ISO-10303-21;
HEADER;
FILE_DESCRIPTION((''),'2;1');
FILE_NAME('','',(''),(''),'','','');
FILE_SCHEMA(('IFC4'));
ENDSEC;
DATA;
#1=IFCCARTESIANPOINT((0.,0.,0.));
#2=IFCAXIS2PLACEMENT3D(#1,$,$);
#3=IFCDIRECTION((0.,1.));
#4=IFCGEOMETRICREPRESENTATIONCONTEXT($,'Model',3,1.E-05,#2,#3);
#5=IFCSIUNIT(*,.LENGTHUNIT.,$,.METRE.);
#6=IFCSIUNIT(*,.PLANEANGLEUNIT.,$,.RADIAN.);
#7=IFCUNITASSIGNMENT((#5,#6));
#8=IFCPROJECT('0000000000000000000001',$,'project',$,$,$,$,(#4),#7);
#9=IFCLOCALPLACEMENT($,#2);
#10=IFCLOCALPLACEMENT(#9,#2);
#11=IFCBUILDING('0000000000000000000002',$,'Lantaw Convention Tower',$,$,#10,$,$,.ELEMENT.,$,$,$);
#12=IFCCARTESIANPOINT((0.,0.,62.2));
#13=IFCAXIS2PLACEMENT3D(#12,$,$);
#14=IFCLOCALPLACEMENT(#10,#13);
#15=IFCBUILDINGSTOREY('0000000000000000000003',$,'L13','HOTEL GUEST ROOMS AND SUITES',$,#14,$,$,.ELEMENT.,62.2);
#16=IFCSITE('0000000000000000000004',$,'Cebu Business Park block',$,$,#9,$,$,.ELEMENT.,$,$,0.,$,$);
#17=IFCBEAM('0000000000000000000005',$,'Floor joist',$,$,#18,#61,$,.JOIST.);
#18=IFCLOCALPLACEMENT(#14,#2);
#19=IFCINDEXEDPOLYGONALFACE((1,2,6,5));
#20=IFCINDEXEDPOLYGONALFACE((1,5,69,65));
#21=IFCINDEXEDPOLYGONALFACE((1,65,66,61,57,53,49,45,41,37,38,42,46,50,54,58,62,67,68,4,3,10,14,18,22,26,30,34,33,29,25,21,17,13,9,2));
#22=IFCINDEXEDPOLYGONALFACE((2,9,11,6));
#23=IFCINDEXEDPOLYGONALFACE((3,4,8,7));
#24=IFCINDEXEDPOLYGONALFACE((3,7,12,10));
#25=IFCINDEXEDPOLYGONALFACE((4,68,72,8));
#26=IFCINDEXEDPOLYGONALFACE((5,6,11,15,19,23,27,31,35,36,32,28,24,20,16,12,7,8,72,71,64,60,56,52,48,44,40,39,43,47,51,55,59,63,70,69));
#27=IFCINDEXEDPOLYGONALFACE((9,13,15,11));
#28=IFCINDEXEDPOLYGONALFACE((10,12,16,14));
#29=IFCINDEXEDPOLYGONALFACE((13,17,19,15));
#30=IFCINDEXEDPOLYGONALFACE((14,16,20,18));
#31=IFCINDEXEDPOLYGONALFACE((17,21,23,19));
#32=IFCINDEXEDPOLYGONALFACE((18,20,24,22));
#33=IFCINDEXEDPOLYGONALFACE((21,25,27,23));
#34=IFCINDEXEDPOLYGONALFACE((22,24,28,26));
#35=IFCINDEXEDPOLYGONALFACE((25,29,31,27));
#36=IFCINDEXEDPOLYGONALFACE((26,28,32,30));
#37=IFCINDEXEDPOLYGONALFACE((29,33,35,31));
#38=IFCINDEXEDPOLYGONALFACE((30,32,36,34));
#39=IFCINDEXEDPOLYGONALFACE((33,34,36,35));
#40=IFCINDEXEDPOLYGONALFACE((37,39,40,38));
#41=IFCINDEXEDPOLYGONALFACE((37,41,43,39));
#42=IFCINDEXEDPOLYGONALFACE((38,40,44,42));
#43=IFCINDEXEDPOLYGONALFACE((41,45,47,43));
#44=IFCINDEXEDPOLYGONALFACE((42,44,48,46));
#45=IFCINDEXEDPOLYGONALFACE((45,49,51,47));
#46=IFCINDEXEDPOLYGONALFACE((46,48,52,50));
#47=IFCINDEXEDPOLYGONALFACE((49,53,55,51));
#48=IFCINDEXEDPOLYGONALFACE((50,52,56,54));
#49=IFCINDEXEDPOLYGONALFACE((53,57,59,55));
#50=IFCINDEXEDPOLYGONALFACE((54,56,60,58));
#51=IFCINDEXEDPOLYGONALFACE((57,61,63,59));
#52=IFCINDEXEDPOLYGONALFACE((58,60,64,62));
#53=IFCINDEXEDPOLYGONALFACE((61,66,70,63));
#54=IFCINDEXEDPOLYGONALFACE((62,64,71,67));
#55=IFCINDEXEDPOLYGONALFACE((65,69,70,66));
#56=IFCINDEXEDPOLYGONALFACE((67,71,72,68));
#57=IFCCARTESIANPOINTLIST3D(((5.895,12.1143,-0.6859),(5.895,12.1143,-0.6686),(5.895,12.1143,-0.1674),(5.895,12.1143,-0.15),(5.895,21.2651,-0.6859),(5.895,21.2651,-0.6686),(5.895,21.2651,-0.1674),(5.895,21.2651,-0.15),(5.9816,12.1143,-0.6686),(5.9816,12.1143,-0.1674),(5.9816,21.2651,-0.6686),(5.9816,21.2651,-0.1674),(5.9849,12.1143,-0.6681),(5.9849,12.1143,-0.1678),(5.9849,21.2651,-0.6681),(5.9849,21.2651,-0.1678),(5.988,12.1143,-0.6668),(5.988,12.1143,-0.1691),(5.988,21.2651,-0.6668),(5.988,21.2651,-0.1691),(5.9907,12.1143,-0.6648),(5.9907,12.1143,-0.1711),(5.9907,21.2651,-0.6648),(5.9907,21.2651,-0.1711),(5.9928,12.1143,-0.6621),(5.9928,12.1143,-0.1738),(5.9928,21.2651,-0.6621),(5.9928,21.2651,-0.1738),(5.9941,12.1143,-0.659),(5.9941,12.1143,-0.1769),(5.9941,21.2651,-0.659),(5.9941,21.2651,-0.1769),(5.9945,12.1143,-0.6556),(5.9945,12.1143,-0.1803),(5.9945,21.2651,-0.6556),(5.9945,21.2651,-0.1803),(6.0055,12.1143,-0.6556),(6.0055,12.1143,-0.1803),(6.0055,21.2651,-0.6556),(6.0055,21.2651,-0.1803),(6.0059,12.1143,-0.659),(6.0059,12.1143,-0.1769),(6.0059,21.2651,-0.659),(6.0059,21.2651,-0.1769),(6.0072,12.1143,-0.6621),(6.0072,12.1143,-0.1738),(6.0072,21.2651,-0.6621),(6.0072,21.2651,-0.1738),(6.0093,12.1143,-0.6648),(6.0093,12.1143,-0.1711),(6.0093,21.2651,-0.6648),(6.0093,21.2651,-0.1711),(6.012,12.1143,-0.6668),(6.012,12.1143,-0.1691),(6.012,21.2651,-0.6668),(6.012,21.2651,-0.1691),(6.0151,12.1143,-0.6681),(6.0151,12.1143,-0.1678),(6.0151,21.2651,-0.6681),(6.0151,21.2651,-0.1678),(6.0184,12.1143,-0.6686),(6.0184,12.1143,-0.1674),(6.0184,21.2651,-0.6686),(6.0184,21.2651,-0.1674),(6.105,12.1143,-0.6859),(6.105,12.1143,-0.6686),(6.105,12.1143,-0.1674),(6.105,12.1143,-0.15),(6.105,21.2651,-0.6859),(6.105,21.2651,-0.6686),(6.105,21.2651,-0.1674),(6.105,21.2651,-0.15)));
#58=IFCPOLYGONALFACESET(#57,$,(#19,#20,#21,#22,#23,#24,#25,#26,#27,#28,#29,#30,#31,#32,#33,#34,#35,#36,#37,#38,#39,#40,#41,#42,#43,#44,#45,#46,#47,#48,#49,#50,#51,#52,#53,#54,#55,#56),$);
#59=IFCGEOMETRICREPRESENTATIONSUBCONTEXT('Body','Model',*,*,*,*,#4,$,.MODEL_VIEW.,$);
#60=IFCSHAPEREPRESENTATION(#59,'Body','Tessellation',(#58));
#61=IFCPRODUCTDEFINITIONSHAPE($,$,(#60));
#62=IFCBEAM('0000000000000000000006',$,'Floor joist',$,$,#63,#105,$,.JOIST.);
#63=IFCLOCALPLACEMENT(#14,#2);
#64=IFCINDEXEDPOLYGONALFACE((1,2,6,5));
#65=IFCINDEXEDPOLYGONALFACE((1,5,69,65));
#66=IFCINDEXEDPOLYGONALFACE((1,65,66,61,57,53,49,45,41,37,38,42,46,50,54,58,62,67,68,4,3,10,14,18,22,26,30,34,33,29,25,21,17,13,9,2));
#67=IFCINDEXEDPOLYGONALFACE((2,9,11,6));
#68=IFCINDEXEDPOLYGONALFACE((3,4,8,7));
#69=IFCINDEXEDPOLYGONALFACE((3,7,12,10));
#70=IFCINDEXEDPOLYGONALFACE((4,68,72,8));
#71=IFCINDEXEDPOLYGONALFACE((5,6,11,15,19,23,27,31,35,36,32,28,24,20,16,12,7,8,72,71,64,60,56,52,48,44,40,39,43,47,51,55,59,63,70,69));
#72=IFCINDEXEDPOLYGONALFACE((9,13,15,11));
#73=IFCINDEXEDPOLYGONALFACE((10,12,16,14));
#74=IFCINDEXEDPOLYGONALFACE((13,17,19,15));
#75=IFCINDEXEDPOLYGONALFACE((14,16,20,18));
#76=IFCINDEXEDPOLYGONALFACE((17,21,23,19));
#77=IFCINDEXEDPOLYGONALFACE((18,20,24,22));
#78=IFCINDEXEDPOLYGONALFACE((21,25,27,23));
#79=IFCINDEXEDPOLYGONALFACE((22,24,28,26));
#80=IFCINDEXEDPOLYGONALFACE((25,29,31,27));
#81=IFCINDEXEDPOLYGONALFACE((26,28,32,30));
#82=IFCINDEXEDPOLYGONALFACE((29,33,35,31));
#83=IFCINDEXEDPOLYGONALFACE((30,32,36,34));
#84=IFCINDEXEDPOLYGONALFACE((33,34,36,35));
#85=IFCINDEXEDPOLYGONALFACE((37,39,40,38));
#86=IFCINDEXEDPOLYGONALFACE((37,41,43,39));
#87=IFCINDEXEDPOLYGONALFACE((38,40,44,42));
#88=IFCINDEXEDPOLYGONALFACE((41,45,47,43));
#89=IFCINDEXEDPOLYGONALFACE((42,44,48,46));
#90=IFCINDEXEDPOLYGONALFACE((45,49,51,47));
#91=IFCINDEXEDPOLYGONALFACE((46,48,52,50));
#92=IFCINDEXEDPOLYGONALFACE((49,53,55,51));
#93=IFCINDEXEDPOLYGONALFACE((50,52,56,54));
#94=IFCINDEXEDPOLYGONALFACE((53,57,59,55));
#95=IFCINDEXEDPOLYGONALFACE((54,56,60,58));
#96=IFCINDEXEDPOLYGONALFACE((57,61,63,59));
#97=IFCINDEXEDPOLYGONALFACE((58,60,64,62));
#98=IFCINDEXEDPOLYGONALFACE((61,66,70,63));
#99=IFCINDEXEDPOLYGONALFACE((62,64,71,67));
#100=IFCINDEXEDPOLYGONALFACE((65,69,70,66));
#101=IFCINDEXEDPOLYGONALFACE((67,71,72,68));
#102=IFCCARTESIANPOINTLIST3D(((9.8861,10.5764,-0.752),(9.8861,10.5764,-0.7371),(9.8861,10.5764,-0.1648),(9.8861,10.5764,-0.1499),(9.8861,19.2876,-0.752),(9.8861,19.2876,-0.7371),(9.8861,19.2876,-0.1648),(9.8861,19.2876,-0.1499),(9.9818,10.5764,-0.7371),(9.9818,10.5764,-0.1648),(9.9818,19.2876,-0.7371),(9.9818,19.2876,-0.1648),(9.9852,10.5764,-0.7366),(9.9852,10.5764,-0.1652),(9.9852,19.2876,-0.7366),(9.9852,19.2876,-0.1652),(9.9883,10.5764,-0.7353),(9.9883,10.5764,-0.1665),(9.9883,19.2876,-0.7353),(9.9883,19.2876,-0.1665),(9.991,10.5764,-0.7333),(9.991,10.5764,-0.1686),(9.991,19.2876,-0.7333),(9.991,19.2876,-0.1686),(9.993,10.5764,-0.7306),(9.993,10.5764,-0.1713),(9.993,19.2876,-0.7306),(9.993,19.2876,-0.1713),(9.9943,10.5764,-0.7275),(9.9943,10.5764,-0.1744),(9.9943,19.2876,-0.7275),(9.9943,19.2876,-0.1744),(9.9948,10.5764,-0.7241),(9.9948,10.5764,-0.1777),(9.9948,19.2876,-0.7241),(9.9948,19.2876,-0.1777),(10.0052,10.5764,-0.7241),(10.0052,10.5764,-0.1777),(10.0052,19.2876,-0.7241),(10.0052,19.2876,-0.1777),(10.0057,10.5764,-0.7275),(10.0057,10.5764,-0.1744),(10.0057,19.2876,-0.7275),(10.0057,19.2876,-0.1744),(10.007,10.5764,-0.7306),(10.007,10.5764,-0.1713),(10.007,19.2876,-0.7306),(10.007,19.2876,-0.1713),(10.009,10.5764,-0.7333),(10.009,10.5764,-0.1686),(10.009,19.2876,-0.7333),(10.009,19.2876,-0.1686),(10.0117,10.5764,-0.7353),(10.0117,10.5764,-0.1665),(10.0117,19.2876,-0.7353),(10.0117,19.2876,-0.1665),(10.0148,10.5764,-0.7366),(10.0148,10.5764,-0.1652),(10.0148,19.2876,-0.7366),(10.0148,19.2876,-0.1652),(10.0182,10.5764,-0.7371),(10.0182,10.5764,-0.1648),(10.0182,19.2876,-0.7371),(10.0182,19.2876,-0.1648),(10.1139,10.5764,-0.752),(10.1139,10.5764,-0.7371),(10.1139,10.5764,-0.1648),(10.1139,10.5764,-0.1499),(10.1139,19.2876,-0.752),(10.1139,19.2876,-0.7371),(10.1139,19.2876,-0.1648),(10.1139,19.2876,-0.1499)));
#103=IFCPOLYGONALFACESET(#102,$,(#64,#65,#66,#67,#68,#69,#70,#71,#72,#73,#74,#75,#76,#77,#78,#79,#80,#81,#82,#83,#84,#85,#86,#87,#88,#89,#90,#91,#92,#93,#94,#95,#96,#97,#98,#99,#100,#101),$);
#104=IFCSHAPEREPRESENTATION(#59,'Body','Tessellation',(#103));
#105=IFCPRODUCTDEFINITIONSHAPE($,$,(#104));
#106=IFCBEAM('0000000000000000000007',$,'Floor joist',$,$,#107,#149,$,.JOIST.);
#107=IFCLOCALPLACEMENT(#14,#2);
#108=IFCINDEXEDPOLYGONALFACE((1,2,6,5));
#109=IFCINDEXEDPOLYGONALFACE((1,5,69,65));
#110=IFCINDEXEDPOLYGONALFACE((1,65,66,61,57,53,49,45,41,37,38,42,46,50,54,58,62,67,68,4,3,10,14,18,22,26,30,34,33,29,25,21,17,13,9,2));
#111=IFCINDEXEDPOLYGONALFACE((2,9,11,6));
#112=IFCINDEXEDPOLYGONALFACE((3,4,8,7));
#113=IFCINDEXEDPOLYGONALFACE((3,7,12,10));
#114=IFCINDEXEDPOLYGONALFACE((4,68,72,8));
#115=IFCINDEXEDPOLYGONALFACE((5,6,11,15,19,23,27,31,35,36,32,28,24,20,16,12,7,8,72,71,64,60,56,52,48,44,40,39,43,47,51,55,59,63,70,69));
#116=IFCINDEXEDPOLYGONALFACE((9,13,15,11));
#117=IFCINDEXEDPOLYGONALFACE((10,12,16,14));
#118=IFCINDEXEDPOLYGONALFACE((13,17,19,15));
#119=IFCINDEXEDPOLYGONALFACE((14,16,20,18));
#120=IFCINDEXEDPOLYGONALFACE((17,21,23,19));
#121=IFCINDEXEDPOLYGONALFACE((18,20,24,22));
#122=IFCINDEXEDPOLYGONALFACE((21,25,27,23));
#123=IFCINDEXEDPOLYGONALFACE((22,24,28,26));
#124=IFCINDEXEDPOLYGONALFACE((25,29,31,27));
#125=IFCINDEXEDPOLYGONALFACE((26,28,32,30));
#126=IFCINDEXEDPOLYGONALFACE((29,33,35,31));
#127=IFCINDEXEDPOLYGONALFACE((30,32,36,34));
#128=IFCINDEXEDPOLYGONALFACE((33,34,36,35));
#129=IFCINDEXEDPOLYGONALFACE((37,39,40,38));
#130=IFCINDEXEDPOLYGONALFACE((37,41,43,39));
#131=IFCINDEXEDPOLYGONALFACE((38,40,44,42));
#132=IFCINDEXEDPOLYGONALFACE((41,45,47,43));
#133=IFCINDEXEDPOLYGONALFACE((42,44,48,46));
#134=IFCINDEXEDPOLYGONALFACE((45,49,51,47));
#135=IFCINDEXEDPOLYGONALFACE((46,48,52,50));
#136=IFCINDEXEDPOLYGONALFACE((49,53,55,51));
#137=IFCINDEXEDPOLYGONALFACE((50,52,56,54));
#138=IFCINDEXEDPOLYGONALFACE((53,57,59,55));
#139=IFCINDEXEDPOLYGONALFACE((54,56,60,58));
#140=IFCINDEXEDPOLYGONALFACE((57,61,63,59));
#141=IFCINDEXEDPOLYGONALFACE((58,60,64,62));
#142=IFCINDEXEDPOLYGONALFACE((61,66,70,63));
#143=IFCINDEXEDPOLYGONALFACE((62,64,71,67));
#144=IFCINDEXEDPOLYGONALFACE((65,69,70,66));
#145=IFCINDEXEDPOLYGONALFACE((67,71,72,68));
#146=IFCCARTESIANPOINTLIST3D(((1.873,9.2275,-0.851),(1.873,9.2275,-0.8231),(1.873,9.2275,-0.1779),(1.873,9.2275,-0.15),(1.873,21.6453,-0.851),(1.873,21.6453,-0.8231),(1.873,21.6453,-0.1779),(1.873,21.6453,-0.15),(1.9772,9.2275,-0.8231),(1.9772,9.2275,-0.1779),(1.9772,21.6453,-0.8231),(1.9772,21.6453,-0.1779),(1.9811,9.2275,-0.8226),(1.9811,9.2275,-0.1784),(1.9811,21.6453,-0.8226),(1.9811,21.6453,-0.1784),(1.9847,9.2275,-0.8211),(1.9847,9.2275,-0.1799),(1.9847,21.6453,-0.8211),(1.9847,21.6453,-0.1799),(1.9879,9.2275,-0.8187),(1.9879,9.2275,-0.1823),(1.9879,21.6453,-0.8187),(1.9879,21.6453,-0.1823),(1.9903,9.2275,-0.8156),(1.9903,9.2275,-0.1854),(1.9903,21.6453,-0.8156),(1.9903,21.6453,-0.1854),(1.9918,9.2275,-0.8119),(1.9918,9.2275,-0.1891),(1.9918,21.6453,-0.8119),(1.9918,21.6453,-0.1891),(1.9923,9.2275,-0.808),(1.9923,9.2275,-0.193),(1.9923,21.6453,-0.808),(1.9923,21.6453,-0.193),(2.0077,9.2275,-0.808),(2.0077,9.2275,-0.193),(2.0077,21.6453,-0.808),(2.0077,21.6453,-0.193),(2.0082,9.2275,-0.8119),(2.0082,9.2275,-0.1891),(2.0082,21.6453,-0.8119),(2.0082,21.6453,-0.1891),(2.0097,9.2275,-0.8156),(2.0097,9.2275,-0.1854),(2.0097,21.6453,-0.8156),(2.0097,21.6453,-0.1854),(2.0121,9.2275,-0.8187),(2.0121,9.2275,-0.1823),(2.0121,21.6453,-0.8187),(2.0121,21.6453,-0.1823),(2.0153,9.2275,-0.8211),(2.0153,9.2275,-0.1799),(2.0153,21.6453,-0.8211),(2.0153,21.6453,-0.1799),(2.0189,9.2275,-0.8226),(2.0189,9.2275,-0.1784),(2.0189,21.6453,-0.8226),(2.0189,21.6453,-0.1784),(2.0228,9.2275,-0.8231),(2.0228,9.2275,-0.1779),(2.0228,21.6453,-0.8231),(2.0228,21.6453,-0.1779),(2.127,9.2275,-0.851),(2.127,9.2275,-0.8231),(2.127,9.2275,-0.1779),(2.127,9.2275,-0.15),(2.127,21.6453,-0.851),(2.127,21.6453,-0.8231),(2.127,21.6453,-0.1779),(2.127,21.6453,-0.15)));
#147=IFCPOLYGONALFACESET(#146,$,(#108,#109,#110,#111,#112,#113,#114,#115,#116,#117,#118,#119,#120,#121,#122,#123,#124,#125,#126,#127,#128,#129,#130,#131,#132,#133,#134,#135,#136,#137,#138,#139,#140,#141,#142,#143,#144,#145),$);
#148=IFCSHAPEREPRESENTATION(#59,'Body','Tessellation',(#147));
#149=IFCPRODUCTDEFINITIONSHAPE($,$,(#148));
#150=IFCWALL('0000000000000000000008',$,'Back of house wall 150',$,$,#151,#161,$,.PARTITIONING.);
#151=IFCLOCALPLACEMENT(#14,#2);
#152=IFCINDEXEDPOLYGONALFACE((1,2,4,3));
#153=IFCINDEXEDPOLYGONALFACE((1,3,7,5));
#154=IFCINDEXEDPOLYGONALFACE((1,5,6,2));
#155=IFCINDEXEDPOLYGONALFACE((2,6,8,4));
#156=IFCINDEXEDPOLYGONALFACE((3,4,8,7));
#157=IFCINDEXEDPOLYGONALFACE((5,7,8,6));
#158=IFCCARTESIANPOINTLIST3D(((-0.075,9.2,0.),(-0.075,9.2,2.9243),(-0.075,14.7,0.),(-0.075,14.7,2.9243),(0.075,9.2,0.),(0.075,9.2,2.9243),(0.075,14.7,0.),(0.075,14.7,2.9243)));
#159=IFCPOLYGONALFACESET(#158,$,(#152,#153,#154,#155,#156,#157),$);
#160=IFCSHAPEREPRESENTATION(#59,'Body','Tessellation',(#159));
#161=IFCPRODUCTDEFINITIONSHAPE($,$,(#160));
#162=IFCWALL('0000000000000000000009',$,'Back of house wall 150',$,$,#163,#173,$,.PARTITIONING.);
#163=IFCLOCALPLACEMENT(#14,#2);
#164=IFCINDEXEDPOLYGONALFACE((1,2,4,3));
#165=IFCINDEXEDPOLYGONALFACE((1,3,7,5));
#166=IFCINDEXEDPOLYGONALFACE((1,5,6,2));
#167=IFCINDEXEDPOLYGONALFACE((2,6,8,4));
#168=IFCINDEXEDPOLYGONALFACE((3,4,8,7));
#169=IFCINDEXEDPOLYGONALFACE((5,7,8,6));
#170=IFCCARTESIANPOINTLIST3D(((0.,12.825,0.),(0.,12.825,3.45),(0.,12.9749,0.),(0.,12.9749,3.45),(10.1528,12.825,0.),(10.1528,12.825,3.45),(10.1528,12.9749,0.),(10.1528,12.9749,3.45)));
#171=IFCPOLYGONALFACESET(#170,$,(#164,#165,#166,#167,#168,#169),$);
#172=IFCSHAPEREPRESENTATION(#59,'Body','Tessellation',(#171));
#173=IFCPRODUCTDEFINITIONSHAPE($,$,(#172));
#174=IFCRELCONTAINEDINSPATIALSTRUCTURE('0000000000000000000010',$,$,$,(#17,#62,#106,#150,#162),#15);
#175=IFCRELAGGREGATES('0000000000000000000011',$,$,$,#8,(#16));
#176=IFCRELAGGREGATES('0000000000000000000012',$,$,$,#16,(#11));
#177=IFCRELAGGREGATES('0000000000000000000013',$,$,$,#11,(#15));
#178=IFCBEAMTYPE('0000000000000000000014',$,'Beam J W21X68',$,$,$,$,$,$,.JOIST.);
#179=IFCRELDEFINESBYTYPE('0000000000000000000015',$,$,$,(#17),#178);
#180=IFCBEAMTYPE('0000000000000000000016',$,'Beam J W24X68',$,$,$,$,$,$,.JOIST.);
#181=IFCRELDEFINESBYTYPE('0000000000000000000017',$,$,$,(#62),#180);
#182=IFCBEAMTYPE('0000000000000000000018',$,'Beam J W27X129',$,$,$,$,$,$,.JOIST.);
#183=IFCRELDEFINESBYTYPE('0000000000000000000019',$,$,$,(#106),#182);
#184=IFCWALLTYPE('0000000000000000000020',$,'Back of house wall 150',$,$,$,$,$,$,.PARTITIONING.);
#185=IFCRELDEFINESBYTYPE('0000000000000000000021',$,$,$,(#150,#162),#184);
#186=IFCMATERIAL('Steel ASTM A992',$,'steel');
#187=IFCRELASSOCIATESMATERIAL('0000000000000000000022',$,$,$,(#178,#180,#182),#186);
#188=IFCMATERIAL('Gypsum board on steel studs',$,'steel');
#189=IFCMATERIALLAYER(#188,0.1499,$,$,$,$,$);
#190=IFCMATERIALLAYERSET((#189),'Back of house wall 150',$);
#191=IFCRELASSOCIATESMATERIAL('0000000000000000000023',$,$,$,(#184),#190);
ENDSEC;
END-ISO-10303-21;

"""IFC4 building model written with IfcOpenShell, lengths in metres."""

from ifc_helpers import new_model, si_unit, direction, frame, frame_2d, origin, origin_2d, place, context, subcontext, project, spatial, rectangle, i_section, extrude, material, layer, layer_set, material_profile, profile_set, type_object, element, save


model = new_model("IFC4")

# Units and contexts
model_context = context("Model", 3, precision=1e-05, world=origin(), true_north=direction((0.0, 1.0)))
body_context = subcontext(model_context, "Body", "Model", "MODEL_VIEW")
ifc_project = project(units=[si_unit("LENGTHUNIT", "METRE"), si_unit("PLANEANGLEUNIT", "RADIAN")], contexts=[model_context])

# Site, building, storey
site_placement = place(None, origin())
site = spatial("IfcSite", under=ifc_project, at=site_placement, Name="Cebu Business Park block", CompositionType="ELEMENT", RefElevation=0.0)
building_placement = place(site_placement, origin())
building = spatial("IfcBuilding", under=site, at=building_placement, Name="Lantaw Convention Tower", CompositionType="ELEMENT")
storey_placement = place(building_placement, frame((0.0, 0.0, 62.2)))
storey = spatial("IfcBuildingStorey", under=building, at=storey_placement, Name="L13", Description="HOTEL GUEST ROOMS AND SUITES", CompositionType="ELEMENT", Elevation=62.2)

# Beams
ifc_material_1 = material(Name="Steel ASTM A992", Category="steel")
ifc_material_profile_1 = material_profile(ifc_material_1, i_section(OverallWidth=0.21, OverallDepth=0.5359, WebThickness=0.011, FlangeThickness=0.0173, FilletRadius=0.0129, at=origin_2d()), Name="W21X68")
ifc_profile_set_1 = profile_set([ifc_material_profile_1], Name="Steel ASTM A992")
beam_type_1 = type_object("IfcBeamType", Name="Beam J W21X68", PredefinedType="JOIST", material=ifc_profile_set_1)
beam_1_placement = place(storey_placement, frame((6.0, 12.1143, -0.418), z_axis=(0.0, 1.0, 0.0), x_axis=(-1.0, 0.0, 0.0)))
element("IfcBeam", 1, at=beam_1_placement, inside=storey, type_object=beam_type_1, Name="Floor joist", PredefinedType="JOIST", context=body_context, shape_type="SweptSolid", body=[
    extrude(i_section(OverallWidth=0.21, OverallDepth=0.5359, WebThickness=0.011, FlangeThickness=0.0173, FilletRadius=0.0129, at=origin_2d()), origin(), (0.0, 0.0, 1.0), 9.1509),
])
ifc_material_profile_2 = material_profile(ifc_material_1, i_section(OverallWidth=0.2278, OverallDepth=0.6021, WebThickness=0.0105, FlangeThickness=0.0149, FilletRadius=0.0129, at=origin_2d()), Name="W24X68")
ifc_profile_set_2 = profile_set([ifc_material_profile_2], Name="Steel ASTM A992")
beam_type_2 = type_object("IfcBeamType", Name="Beam J W24X68", PredefinedType="JOIST", material=ifc_profile_set_2)
beam_2_placement = place(storey_placement, frame((10.0, 10.5764, -0.4509), z_axis=(0.0, 1.0, 0.0), x_axis=(-1.0, 0.0, 0.0)))
element("IfcBeam", 2, at=beam_2_placement, inside=storey, type_object=beam_type_2, Name="Floor joist", PredefinedType="JOIST", context=body_context, shape_type="SweptSolid", body=[
    extrude(i_section(OverallWidth=0.2278, OverallDepth=0.6021, WebThickness=0.0105, FlangeThickness=0.0149, FilletRadius=0.0129, at=origin_2d()), origin(), (0.0, 0.0, 1.0), 8.7112),
])
ifc_material_profile_3 = material_profile(ifc_material_1, i_section(OverallWidth=0.2539, OverallDepth=0.7009, WebThickness=0.0154, FlangeThickness=0.0278, FilletRadius=0.0151, at=origin_2d()), Name="W27X129")
ifc_profile_set_3 = profile_set([ifc_material_profile_3], Name="Steel ASTM A992")
beam_type_3 = type_object("IfcBeamType", Name="Beam J W27X129", PredefinedType="JOIST", material=ifc_profile_set_3)
beam_3_placement = place(storey_placement, frame((2.0, 9.2275, -0.5005), z_axis=(0.0, 1.0, 0.0), x_axis=(-1.0, 0.0, 0.0)))
element("IfcBeam", 3, at=beam_3_placement, inside=storey, type_object=beam_type_3, Name="Floor joist", PredefinedType="JOIST", context=body_context, shape_type="SweptSolid", body=[
    extrude(i_section(OverallWidth=0.2539, OverallDepth=0.7009, WebThickness=0.0154, FlangeThickness=0.0278, FilletRadius=0.0151, at=origin_2d()), origin(), (0.0, 0.0, 1.0), 12.4177),
])

# Walls
ifc_material_2 = material(Name="Gypsum board on steel studs", Category="steel")
ifc_layer_1 = layer(ifc_material_2, 0.1499)
ifc_layer_set_1 = layer_set([ifc_layer_1], Name="Back of house wall 150")
wall_type_1 = type_object("IfcWallType", Name="Back of house wall 150", PredefinedType="PARTITIONING", material=ifc_layer_set_1)
wall_1_placement = place(storey_placement, frame((0.0, 9.2, 0.0), z_axis=(0.0, 0.0, 1.0), x_axis=(0.0, 1.0, 0.0)))
element("IfcWall", 4, at=wall_1_placement, inside=storey, type_object=wall_type_1, Name="Back of house wall 150", PredefinedType="PARTITIONING", context=body_context, shape_type="SweptSolid", body=[
    extrude(rectangle(XDim=5.5, YDim=0.1499, at=frame_2d((2.75, 0.0))), origin(), (0.0, 0.0, 1.0), 2.9243),
])
wall_2_placement = place(storey_placement, frame((10.1528, 12.8999, 0.0), z_axis=(0.0, 0.0, 1.0), x_axis=(-1.0, 0.0, 0.0)))
element("IfcWall", 5, at=wall_2_placement, inside=storey, type_object=wall_type_1, Name="Back of house wall 150", PredefinedType="PARTITIONING", context=body_context, shape_type="SweptSolid", body=[
    extrude(rectangle(XDim=10.1528, YDim=0.1499, at=frame_2d((5.0764, 0.0))), origin(), (0.0, 0.0, 1.0), 3.45),
])

save(model, "model.ifc")
